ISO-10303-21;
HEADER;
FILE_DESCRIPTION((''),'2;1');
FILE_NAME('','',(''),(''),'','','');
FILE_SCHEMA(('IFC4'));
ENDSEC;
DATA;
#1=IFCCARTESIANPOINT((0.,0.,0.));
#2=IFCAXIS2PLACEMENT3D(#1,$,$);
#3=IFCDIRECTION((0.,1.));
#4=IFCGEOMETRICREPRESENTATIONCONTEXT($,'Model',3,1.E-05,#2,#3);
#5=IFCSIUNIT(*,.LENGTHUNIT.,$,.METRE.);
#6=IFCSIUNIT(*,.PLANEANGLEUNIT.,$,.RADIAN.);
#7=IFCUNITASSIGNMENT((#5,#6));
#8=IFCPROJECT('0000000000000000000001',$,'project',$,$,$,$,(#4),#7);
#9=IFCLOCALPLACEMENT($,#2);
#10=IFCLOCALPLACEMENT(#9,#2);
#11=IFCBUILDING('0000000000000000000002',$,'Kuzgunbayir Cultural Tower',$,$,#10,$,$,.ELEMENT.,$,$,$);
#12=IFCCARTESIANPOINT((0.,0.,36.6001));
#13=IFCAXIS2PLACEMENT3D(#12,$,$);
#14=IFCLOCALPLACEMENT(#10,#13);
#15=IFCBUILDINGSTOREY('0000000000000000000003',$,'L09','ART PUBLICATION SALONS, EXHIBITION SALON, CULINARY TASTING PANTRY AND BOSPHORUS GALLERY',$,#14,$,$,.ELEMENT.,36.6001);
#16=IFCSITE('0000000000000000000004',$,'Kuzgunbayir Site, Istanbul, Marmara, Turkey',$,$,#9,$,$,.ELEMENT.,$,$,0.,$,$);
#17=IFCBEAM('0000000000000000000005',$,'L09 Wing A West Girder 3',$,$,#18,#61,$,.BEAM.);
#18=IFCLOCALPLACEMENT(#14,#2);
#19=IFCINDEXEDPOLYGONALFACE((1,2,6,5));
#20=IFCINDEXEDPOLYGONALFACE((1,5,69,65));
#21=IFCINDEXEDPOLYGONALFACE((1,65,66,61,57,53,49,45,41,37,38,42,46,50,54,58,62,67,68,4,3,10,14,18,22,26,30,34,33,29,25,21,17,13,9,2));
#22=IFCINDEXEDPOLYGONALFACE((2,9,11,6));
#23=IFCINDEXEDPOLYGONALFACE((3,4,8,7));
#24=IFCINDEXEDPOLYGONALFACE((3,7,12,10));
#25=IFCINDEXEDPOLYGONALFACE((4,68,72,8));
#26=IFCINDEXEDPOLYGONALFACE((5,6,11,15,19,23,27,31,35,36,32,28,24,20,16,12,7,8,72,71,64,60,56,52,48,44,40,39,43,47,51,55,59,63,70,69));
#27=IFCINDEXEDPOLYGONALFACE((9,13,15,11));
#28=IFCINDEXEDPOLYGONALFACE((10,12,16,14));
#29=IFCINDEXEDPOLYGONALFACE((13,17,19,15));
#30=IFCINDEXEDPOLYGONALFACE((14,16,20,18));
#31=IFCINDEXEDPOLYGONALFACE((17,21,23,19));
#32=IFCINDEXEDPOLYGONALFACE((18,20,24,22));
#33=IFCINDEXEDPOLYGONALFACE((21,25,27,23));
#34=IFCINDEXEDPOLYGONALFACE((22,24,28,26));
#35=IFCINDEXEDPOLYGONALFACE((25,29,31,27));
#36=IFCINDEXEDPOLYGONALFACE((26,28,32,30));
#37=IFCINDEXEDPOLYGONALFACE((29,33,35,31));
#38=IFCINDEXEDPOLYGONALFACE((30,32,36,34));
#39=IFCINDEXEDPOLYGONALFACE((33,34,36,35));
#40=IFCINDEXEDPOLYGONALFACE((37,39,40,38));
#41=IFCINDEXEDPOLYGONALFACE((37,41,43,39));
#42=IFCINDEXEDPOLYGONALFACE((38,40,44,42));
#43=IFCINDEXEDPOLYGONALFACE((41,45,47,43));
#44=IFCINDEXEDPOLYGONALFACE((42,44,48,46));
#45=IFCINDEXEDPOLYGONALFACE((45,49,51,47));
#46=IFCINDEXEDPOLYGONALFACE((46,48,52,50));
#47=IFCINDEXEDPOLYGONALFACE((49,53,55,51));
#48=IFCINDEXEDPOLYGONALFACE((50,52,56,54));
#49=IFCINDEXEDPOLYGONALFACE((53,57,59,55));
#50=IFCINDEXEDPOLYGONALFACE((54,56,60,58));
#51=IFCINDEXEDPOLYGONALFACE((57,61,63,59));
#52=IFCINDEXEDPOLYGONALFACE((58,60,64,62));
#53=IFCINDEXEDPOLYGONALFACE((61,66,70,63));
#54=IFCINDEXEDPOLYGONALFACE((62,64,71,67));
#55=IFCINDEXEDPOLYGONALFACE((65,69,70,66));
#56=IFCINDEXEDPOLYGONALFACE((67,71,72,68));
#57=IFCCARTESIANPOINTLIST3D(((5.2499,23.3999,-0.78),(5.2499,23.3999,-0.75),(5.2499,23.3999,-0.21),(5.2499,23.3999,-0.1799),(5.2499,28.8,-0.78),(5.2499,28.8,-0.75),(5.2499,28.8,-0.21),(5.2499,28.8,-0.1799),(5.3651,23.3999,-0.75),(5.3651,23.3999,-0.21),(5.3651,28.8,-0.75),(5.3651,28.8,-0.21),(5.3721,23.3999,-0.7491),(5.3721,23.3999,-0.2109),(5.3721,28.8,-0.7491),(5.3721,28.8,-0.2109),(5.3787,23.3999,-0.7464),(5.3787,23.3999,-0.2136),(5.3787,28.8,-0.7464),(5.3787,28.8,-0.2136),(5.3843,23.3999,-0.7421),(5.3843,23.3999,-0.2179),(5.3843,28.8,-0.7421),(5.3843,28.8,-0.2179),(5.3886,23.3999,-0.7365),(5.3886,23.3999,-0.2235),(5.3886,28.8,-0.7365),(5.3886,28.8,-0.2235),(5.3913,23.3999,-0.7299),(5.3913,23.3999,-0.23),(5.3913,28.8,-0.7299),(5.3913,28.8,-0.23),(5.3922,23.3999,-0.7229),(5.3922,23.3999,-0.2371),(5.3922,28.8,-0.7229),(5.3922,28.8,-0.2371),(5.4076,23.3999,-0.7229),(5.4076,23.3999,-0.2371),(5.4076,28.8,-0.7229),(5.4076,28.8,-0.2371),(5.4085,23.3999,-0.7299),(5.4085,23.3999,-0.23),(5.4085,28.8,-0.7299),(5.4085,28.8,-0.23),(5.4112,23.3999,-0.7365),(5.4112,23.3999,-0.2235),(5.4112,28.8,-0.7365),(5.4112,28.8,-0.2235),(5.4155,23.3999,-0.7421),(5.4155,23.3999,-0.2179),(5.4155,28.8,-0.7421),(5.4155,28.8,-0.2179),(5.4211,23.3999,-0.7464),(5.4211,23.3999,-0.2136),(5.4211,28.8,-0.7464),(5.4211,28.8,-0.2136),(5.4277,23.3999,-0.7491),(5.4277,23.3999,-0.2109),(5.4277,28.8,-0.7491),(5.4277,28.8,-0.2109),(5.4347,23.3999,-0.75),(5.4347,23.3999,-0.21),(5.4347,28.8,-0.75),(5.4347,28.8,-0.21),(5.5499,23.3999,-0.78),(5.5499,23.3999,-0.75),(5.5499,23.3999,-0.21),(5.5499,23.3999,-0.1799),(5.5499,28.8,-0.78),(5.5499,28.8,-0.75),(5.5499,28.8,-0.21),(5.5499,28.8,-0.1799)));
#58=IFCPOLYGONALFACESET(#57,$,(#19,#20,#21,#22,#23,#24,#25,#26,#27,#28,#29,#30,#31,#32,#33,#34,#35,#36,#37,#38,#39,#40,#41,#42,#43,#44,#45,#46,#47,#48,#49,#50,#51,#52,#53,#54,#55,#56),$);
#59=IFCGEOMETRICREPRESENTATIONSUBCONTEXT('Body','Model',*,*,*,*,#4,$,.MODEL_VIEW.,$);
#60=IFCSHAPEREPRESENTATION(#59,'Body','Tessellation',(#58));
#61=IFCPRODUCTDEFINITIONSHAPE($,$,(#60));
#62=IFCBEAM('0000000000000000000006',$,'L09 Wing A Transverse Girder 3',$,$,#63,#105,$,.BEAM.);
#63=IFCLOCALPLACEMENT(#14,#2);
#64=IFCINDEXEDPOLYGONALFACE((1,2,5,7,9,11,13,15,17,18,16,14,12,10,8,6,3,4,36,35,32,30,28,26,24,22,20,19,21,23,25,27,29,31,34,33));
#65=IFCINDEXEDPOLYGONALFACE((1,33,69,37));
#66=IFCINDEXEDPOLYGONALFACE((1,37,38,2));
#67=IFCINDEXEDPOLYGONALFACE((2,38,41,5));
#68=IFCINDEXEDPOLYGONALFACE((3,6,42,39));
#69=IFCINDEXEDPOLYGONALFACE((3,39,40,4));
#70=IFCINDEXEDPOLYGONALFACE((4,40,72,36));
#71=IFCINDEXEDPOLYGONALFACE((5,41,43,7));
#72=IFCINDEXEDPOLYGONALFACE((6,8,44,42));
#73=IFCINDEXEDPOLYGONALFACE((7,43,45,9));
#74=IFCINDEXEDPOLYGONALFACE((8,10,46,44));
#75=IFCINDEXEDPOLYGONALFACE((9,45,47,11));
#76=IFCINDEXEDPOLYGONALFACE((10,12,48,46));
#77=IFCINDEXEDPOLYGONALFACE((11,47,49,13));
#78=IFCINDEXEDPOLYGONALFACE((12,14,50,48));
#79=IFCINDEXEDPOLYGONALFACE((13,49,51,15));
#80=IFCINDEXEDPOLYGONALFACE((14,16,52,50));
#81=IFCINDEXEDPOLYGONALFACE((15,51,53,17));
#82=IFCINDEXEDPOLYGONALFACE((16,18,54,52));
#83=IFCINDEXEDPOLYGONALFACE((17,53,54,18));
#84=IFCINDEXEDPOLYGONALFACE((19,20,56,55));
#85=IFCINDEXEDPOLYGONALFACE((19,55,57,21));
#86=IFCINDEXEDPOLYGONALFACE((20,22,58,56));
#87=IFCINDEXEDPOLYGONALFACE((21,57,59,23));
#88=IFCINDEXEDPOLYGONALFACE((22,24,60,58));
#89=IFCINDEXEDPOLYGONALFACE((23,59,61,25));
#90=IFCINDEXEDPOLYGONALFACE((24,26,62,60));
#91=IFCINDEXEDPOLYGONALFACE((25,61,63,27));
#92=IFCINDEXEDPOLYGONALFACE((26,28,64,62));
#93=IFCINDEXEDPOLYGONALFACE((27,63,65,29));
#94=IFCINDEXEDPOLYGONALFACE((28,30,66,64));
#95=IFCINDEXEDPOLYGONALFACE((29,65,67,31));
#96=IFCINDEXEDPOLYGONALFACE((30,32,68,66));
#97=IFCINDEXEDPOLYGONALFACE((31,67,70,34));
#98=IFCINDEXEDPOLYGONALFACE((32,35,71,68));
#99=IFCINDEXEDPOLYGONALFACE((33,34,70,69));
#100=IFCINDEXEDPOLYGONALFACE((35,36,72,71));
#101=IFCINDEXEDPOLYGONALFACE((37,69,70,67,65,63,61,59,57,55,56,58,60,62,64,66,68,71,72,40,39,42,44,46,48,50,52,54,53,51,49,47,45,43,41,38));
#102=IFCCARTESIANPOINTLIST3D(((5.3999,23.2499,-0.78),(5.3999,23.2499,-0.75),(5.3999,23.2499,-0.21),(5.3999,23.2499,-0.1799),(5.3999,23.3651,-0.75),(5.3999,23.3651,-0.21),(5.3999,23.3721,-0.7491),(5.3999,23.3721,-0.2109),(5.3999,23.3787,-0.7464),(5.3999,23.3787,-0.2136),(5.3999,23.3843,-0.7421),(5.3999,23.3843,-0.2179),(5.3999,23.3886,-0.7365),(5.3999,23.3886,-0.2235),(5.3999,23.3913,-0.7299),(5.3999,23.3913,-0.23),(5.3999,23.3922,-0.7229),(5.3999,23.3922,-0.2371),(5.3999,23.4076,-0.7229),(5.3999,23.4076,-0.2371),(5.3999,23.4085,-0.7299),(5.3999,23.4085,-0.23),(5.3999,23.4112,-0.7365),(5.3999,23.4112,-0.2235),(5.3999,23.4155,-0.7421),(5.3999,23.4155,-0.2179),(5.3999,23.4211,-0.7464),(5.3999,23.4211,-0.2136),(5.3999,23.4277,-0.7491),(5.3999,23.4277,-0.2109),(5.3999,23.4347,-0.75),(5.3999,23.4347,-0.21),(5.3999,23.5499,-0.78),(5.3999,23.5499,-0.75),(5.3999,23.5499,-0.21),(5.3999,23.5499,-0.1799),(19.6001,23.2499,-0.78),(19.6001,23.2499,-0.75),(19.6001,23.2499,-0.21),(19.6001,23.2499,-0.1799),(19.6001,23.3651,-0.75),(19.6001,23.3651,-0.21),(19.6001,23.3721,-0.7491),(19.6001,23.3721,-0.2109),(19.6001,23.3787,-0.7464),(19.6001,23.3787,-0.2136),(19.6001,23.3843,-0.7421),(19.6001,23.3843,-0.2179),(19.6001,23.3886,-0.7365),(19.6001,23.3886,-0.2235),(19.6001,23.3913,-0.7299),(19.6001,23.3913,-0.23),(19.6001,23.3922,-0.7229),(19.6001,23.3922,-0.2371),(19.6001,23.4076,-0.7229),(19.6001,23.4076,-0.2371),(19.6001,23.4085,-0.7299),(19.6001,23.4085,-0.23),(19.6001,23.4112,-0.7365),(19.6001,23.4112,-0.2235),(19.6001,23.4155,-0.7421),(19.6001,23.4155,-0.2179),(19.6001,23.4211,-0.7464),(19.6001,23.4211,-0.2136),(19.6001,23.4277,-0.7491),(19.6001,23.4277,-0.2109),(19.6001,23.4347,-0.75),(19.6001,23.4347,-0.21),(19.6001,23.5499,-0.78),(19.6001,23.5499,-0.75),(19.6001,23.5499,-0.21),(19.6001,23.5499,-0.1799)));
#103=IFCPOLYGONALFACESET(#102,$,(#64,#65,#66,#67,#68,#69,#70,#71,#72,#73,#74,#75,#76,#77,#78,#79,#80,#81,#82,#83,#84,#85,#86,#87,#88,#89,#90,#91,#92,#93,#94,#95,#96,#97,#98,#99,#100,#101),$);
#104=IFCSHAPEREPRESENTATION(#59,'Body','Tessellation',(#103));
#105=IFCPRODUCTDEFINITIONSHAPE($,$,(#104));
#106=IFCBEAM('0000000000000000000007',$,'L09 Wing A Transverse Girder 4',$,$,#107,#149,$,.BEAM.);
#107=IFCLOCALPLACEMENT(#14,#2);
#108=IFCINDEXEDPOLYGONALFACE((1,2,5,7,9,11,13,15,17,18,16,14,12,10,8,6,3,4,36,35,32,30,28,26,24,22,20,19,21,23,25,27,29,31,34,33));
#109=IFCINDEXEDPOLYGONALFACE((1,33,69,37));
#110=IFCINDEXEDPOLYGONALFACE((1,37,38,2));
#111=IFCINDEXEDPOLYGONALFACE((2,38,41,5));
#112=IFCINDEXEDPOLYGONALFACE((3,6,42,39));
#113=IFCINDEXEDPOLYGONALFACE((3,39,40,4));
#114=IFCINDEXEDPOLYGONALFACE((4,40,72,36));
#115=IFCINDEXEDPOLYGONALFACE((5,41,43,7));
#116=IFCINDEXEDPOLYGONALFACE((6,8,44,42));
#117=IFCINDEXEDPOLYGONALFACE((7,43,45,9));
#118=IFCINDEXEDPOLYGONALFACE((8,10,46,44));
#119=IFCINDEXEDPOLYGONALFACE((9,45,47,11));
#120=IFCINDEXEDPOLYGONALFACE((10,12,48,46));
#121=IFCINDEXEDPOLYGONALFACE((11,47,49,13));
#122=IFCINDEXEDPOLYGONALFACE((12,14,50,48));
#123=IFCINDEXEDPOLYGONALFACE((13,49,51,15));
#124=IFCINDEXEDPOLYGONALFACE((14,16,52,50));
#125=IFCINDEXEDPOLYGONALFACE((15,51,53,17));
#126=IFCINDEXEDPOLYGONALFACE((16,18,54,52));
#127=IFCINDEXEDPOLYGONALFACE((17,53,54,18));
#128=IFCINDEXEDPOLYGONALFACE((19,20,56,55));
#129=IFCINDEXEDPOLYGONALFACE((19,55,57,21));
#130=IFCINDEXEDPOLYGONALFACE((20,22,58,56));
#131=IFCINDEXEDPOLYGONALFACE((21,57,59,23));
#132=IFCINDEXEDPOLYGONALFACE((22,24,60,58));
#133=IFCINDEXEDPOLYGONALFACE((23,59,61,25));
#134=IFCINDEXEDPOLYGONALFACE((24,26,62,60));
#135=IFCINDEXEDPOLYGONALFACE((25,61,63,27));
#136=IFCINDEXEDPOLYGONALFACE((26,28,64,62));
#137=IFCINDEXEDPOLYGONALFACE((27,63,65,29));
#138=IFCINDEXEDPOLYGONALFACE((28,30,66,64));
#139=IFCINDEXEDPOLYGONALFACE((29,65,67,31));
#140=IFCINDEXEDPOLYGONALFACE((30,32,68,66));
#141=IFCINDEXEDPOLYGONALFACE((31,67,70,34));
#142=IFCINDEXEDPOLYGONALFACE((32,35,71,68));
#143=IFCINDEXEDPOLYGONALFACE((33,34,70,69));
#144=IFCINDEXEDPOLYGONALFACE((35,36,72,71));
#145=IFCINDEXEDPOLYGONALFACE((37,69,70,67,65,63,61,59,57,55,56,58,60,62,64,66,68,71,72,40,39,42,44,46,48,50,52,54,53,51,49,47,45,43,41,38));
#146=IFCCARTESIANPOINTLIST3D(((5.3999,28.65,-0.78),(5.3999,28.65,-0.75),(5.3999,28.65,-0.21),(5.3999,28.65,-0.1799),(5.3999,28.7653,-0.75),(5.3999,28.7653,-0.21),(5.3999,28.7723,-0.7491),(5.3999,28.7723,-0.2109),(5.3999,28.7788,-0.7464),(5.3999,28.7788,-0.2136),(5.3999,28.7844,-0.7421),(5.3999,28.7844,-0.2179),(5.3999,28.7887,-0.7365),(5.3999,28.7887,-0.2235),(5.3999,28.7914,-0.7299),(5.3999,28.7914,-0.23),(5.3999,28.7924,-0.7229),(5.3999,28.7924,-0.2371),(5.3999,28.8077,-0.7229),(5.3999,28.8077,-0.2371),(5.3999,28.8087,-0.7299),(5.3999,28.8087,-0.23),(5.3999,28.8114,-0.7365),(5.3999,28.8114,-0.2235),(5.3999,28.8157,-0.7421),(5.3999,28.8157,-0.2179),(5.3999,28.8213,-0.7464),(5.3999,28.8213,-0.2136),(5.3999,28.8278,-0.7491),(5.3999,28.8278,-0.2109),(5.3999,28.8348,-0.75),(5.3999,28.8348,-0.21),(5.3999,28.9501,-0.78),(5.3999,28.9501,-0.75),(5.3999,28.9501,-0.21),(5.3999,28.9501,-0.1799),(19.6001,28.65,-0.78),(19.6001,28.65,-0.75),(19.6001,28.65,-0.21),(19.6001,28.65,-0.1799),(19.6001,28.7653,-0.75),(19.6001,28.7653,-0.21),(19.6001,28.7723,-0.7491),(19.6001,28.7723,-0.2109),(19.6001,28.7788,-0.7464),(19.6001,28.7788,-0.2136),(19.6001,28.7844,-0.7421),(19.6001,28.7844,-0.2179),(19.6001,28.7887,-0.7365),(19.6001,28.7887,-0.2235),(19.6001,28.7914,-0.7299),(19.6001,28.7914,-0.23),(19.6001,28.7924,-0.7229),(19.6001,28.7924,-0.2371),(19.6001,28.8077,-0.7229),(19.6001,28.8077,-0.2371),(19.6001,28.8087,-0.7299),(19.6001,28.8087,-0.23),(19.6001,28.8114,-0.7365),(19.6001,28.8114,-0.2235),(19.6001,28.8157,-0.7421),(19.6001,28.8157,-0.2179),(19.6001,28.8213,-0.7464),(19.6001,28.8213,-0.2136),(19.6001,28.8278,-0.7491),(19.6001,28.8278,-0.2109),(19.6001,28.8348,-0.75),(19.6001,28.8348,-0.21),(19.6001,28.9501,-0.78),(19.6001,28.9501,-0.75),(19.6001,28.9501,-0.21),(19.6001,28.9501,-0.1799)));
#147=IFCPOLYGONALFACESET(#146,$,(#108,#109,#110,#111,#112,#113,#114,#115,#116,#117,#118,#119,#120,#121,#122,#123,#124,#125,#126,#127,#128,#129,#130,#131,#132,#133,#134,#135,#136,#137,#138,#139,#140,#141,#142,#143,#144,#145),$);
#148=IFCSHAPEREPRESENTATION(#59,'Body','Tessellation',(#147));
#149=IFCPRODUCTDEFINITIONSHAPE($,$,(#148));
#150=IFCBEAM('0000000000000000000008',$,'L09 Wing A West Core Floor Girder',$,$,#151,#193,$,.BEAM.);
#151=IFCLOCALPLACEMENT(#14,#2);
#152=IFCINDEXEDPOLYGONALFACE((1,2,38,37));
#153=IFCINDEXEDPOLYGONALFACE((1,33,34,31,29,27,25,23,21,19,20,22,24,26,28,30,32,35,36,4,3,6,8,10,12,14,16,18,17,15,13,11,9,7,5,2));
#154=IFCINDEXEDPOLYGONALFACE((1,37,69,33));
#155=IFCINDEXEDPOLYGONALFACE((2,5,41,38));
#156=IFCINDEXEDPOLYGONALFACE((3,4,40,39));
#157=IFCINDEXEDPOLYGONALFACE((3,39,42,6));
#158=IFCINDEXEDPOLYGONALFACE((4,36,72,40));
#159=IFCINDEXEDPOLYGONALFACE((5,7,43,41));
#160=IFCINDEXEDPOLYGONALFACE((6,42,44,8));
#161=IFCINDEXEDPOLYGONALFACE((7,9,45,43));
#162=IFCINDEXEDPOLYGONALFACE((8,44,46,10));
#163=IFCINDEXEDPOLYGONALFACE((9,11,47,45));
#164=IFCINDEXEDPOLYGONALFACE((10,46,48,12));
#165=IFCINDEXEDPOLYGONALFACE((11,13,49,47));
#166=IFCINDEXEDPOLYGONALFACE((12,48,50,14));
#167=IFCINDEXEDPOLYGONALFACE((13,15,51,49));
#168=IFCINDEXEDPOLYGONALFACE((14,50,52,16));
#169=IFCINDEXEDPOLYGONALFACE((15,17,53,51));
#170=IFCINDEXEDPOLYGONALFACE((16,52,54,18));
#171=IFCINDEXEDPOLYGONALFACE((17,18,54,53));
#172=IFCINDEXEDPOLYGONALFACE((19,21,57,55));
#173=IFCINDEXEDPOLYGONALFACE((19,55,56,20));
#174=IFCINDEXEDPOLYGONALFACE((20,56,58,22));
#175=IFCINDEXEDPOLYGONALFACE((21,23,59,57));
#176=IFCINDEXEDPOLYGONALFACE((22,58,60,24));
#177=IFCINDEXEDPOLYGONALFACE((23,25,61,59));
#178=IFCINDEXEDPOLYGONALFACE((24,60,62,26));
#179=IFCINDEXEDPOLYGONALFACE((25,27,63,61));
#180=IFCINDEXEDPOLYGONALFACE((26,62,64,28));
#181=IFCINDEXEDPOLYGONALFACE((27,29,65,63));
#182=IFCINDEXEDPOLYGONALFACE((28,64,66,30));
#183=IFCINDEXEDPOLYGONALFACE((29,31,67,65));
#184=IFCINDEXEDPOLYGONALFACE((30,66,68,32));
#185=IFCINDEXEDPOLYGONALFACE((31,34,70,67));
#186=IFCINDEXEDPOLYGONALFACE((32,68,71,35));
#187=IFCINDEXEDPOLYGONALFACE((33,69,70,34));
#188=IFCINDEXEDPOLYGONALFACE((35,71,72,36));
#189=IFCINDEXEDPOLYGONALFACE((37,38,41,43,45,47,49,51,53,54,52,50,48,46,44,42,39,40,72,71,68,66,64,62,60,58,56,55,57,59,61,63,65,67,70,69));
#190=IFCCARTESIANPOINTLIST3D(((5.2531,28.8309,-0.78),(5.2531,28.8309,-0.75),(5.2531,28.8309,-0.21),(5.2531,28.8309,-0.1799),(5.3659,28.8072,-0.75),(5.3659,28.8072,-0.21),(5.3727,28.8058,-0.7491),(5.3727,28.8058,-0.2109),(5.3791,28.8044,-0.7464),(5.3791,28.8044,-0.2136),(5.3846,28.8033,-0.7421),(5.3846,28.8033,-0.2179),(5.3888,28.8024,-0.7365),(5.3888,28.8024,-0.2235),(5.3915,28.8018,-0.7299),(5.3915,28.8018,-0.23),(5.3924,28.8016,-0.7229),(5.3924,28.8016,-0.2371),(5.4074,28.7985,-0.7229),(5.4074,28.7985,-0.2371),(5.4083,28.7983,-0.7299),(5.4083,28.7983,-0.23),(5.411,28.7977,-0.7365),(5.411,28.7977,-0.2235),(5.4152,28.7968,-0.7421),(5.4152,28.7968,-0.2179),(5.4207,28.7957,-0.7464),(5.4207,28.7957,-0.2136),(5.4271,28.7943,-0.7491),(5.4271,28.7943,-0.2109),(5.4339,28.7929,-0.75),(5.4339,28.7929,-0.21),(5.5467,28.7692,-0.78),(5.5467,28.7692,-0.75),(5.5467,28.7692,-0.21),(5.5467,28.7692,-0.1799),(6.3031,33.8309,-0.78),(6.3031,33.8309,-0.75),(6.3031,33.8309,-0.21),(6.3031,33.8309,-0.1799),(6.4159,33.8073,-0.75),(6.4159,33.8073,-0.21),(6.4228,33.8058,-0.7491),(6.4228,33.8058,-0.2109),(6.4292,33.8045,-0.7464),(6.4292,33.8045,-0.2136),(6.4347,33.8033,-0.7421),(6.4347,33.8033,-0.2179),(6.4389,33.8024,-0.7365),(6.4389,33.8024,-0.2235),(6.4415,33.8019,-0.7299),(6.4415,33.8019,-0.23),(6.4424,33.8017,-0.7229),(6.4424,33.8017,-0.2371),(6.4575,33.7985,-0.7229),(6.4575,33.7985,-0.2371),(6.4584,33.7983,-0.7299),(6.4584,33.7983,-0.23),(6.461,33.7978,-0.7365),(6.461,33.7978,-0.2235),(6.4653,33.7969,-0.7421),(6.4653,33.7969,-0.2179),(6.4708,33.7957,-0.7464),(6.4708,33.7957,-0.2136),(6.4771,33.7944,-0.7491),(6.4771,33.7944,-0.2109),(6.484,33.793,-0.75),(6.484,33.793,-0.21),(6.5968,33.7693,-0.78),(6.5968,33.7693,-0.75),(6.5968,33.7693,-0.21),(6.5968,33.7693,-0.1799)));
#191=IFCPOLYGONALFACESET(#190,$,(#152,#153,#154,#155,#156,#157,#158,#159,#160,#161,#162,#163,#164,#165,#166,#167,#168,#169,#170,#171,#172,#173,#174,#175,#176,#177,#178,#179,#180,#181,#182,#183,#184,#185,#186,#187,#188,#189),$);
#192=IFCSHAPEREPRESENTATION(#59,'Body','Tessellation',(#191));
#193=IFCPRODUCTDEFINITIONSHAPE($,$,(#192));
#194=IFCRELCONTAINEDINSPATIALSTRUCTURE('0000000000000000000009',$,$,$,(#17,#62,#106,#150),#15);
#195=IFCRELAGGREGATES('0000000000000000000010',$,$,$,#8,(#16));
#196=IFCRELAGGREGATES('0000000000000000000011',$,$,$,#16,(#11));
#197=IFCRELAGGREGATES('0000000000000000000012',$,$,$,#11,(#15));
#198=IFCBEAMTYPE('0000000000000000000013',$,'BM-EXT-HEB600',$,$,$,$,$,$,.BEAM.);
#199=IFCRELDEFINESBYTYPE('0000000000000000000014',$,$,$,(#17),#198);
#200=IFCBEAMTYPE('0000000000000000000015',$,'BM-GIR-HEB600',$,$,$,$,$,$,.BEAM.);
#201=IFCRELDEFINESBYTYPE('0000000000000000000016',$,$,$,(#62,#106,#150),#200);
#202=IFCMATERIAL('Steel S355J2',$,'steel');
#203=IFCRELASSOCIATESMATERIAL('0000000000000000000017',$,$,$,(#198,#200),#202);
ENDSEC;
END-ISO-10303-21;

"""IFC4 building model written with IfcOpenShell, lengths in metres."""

from ifc_helpers import new_model, si_unit, direction, frame, origin, origin_2d, place, context, subcontext, project, spatial, i_section, extrude, material, material_profile, profile_set, type_object, element, save


model = new_model("IFC4")

# Units and contexts
model_context = context("Model", 3, precision=1e-05, world=origin(), true_north=direction((0.0, 1.0)))
body_context = subcontext(model_context, "Body", "Model", "MODEL_VIEW")
ifc_project = project(units=[si_unit("LENGTHUNIT", "METRE"), si_unit("PLANEANGLEUNIT", "RADIAN")], contexts=[model_context])

# Site, building, storey
site_placement = place(None, origin())
site = spatial("IfcSite", under=ifc_project, at=site_placement, Name="Kuzgunbayir Site, Istanbul, Marmara, Turkey", CompositionType="ELEMENT", RefElevation=0.0)
building_placement = place(site_placement, origin())
building = spatial("IfcBuilding", under=site, at=building_placement, Name="Kuzgunbayir Cultural Tower", CompositionType="ELEMENT")
storey_placement = place(building_placement, frame((0.0, 0.0, 36.6001)))
storey = spatial("IfcBuildingStorey", under=building, at=storey_placement, Name="L09", Description="ART PUBLICATION SALONS, EXHIBITION SALON, CULINARY TASTING PANTRY AND BOSPHORUS GALLERY", CompositionType="ELEMENT", Elevation=36.6001)

# Beams
ifc_material_1 = material(Name="Steel S355J2", Category="steel")
ifc_material_profile_1 = material_profile(ifc_material_1, i_section(OverallWidth=0.3, OverallDepth=0.6001, WebThickness=0.0154, FlangeThickness=0.03, FilletRadius=0.0271, at=origin_2d()), Name="HEB 600")
ifc_profile_set_1 = profile_set([ifc_material_profile_1], Name="Steel S355J2")
beam_type_1 = type_object("IfcBeamType", Name="BM-EXT-HEB600", PredefinedType="BEAM", material=ifc_profile_set_1)
beam_1_placement = place(storey_placement, frame((5.3999, 23.3999, -0.48), z_axis=(0.0, 1.0, 0.0), x_axis=(-1.0, 0.0, 0.0)))
element("IfcBeam", 1, at=beam_1_placement, inside=storey, type_object=beam_type_1, Name="L09 Wing A West Girder 3", PredefinedType="BEAM", context=body_context, shape_type="SweptSolid", body=[
    extrude(i_section(OverallWidth=0.3, OverallDepth=0.6001, WebThickness=0.0154, FlangeThickness=0.03, FilletRadius=0.0271, at=origin_2d()), origin(), (0.0, 0.0, 1.0), 5.4001),
])
ifc_material_profile_2 = material_profile(ifc_material_1, i_section(OverallWidth=0.3, OverallDepth=0.6001, WebThickness=0.0154, FlangeThickness=0.03, FilletRadius=0.0271, at=origin_2d()), Name="HEB 600")
ifc_profile_set_2 = profile_set([ifc_material_profile_2], Name="Steel S355J2")
beam_type_2 = type_object("IfcBeamType", Name="BM-GIR-HEB600", PredefinedType="BEAM", material=ifc_profile_set_2)
for number, where, z_axis, x_axis, name in (
    (2, (5.3999, 23.3999, -0.48), (1.0, 0.0, 0.0), (0.0, 1.0, 0.0), "L09 Wing A Transverse Girder 3"),
    (3, (5.3999, 28.8, -0.48), (1.0, 0.0, 0.0), (0.0, 1.0, 0.0), "L09 Wing A Transverse Girder 4"),
):
    element("IfcBeam", number, at=place(storey_placement, frame(where, z_axis=z_axis, x_axis=x_axis)), inside=storey, type_object=beam_type_2, Name=name, PredefinedType="BEAM", context=body_context, shape_type="SweptSolid", body=[
        extrude(i_section(OverallWidth=0.3, OverallDepth=0.6001, WebThickness=0.0154, FlangeThickness=0.03, FilletRadius=0.0271, at=origin_2d()), origin(), (0.0, 0.0, 1.0), 14.2002),
    ])
beam_2_placement = place(storey_placement, frame((5.3999, 28.8, -0.48), z_axis=(0.205526, 0.978652, 0.0), x_axis=(-0.978652, 0.205526, 0.0)))
element("IfcBeam", 4, at=beam_2_placement, inside=storey, type_object=beam_type_2, Name="L09 Wing A West Core Floor Girder", PredefinedType="BEAM", context=body_context, shape_type="SweptSolid", body=[
    extrude(i_section(OverallWidth=0.3, OverallDepth=0.6001, WebThickness=0.0154, FlangeThickness=0.03, FilletRadius=0.0271, at=origin_2d()), origin(), (0.0, 0.0, 1.0), 5.1091),
])

save(model, "model.ifc")
